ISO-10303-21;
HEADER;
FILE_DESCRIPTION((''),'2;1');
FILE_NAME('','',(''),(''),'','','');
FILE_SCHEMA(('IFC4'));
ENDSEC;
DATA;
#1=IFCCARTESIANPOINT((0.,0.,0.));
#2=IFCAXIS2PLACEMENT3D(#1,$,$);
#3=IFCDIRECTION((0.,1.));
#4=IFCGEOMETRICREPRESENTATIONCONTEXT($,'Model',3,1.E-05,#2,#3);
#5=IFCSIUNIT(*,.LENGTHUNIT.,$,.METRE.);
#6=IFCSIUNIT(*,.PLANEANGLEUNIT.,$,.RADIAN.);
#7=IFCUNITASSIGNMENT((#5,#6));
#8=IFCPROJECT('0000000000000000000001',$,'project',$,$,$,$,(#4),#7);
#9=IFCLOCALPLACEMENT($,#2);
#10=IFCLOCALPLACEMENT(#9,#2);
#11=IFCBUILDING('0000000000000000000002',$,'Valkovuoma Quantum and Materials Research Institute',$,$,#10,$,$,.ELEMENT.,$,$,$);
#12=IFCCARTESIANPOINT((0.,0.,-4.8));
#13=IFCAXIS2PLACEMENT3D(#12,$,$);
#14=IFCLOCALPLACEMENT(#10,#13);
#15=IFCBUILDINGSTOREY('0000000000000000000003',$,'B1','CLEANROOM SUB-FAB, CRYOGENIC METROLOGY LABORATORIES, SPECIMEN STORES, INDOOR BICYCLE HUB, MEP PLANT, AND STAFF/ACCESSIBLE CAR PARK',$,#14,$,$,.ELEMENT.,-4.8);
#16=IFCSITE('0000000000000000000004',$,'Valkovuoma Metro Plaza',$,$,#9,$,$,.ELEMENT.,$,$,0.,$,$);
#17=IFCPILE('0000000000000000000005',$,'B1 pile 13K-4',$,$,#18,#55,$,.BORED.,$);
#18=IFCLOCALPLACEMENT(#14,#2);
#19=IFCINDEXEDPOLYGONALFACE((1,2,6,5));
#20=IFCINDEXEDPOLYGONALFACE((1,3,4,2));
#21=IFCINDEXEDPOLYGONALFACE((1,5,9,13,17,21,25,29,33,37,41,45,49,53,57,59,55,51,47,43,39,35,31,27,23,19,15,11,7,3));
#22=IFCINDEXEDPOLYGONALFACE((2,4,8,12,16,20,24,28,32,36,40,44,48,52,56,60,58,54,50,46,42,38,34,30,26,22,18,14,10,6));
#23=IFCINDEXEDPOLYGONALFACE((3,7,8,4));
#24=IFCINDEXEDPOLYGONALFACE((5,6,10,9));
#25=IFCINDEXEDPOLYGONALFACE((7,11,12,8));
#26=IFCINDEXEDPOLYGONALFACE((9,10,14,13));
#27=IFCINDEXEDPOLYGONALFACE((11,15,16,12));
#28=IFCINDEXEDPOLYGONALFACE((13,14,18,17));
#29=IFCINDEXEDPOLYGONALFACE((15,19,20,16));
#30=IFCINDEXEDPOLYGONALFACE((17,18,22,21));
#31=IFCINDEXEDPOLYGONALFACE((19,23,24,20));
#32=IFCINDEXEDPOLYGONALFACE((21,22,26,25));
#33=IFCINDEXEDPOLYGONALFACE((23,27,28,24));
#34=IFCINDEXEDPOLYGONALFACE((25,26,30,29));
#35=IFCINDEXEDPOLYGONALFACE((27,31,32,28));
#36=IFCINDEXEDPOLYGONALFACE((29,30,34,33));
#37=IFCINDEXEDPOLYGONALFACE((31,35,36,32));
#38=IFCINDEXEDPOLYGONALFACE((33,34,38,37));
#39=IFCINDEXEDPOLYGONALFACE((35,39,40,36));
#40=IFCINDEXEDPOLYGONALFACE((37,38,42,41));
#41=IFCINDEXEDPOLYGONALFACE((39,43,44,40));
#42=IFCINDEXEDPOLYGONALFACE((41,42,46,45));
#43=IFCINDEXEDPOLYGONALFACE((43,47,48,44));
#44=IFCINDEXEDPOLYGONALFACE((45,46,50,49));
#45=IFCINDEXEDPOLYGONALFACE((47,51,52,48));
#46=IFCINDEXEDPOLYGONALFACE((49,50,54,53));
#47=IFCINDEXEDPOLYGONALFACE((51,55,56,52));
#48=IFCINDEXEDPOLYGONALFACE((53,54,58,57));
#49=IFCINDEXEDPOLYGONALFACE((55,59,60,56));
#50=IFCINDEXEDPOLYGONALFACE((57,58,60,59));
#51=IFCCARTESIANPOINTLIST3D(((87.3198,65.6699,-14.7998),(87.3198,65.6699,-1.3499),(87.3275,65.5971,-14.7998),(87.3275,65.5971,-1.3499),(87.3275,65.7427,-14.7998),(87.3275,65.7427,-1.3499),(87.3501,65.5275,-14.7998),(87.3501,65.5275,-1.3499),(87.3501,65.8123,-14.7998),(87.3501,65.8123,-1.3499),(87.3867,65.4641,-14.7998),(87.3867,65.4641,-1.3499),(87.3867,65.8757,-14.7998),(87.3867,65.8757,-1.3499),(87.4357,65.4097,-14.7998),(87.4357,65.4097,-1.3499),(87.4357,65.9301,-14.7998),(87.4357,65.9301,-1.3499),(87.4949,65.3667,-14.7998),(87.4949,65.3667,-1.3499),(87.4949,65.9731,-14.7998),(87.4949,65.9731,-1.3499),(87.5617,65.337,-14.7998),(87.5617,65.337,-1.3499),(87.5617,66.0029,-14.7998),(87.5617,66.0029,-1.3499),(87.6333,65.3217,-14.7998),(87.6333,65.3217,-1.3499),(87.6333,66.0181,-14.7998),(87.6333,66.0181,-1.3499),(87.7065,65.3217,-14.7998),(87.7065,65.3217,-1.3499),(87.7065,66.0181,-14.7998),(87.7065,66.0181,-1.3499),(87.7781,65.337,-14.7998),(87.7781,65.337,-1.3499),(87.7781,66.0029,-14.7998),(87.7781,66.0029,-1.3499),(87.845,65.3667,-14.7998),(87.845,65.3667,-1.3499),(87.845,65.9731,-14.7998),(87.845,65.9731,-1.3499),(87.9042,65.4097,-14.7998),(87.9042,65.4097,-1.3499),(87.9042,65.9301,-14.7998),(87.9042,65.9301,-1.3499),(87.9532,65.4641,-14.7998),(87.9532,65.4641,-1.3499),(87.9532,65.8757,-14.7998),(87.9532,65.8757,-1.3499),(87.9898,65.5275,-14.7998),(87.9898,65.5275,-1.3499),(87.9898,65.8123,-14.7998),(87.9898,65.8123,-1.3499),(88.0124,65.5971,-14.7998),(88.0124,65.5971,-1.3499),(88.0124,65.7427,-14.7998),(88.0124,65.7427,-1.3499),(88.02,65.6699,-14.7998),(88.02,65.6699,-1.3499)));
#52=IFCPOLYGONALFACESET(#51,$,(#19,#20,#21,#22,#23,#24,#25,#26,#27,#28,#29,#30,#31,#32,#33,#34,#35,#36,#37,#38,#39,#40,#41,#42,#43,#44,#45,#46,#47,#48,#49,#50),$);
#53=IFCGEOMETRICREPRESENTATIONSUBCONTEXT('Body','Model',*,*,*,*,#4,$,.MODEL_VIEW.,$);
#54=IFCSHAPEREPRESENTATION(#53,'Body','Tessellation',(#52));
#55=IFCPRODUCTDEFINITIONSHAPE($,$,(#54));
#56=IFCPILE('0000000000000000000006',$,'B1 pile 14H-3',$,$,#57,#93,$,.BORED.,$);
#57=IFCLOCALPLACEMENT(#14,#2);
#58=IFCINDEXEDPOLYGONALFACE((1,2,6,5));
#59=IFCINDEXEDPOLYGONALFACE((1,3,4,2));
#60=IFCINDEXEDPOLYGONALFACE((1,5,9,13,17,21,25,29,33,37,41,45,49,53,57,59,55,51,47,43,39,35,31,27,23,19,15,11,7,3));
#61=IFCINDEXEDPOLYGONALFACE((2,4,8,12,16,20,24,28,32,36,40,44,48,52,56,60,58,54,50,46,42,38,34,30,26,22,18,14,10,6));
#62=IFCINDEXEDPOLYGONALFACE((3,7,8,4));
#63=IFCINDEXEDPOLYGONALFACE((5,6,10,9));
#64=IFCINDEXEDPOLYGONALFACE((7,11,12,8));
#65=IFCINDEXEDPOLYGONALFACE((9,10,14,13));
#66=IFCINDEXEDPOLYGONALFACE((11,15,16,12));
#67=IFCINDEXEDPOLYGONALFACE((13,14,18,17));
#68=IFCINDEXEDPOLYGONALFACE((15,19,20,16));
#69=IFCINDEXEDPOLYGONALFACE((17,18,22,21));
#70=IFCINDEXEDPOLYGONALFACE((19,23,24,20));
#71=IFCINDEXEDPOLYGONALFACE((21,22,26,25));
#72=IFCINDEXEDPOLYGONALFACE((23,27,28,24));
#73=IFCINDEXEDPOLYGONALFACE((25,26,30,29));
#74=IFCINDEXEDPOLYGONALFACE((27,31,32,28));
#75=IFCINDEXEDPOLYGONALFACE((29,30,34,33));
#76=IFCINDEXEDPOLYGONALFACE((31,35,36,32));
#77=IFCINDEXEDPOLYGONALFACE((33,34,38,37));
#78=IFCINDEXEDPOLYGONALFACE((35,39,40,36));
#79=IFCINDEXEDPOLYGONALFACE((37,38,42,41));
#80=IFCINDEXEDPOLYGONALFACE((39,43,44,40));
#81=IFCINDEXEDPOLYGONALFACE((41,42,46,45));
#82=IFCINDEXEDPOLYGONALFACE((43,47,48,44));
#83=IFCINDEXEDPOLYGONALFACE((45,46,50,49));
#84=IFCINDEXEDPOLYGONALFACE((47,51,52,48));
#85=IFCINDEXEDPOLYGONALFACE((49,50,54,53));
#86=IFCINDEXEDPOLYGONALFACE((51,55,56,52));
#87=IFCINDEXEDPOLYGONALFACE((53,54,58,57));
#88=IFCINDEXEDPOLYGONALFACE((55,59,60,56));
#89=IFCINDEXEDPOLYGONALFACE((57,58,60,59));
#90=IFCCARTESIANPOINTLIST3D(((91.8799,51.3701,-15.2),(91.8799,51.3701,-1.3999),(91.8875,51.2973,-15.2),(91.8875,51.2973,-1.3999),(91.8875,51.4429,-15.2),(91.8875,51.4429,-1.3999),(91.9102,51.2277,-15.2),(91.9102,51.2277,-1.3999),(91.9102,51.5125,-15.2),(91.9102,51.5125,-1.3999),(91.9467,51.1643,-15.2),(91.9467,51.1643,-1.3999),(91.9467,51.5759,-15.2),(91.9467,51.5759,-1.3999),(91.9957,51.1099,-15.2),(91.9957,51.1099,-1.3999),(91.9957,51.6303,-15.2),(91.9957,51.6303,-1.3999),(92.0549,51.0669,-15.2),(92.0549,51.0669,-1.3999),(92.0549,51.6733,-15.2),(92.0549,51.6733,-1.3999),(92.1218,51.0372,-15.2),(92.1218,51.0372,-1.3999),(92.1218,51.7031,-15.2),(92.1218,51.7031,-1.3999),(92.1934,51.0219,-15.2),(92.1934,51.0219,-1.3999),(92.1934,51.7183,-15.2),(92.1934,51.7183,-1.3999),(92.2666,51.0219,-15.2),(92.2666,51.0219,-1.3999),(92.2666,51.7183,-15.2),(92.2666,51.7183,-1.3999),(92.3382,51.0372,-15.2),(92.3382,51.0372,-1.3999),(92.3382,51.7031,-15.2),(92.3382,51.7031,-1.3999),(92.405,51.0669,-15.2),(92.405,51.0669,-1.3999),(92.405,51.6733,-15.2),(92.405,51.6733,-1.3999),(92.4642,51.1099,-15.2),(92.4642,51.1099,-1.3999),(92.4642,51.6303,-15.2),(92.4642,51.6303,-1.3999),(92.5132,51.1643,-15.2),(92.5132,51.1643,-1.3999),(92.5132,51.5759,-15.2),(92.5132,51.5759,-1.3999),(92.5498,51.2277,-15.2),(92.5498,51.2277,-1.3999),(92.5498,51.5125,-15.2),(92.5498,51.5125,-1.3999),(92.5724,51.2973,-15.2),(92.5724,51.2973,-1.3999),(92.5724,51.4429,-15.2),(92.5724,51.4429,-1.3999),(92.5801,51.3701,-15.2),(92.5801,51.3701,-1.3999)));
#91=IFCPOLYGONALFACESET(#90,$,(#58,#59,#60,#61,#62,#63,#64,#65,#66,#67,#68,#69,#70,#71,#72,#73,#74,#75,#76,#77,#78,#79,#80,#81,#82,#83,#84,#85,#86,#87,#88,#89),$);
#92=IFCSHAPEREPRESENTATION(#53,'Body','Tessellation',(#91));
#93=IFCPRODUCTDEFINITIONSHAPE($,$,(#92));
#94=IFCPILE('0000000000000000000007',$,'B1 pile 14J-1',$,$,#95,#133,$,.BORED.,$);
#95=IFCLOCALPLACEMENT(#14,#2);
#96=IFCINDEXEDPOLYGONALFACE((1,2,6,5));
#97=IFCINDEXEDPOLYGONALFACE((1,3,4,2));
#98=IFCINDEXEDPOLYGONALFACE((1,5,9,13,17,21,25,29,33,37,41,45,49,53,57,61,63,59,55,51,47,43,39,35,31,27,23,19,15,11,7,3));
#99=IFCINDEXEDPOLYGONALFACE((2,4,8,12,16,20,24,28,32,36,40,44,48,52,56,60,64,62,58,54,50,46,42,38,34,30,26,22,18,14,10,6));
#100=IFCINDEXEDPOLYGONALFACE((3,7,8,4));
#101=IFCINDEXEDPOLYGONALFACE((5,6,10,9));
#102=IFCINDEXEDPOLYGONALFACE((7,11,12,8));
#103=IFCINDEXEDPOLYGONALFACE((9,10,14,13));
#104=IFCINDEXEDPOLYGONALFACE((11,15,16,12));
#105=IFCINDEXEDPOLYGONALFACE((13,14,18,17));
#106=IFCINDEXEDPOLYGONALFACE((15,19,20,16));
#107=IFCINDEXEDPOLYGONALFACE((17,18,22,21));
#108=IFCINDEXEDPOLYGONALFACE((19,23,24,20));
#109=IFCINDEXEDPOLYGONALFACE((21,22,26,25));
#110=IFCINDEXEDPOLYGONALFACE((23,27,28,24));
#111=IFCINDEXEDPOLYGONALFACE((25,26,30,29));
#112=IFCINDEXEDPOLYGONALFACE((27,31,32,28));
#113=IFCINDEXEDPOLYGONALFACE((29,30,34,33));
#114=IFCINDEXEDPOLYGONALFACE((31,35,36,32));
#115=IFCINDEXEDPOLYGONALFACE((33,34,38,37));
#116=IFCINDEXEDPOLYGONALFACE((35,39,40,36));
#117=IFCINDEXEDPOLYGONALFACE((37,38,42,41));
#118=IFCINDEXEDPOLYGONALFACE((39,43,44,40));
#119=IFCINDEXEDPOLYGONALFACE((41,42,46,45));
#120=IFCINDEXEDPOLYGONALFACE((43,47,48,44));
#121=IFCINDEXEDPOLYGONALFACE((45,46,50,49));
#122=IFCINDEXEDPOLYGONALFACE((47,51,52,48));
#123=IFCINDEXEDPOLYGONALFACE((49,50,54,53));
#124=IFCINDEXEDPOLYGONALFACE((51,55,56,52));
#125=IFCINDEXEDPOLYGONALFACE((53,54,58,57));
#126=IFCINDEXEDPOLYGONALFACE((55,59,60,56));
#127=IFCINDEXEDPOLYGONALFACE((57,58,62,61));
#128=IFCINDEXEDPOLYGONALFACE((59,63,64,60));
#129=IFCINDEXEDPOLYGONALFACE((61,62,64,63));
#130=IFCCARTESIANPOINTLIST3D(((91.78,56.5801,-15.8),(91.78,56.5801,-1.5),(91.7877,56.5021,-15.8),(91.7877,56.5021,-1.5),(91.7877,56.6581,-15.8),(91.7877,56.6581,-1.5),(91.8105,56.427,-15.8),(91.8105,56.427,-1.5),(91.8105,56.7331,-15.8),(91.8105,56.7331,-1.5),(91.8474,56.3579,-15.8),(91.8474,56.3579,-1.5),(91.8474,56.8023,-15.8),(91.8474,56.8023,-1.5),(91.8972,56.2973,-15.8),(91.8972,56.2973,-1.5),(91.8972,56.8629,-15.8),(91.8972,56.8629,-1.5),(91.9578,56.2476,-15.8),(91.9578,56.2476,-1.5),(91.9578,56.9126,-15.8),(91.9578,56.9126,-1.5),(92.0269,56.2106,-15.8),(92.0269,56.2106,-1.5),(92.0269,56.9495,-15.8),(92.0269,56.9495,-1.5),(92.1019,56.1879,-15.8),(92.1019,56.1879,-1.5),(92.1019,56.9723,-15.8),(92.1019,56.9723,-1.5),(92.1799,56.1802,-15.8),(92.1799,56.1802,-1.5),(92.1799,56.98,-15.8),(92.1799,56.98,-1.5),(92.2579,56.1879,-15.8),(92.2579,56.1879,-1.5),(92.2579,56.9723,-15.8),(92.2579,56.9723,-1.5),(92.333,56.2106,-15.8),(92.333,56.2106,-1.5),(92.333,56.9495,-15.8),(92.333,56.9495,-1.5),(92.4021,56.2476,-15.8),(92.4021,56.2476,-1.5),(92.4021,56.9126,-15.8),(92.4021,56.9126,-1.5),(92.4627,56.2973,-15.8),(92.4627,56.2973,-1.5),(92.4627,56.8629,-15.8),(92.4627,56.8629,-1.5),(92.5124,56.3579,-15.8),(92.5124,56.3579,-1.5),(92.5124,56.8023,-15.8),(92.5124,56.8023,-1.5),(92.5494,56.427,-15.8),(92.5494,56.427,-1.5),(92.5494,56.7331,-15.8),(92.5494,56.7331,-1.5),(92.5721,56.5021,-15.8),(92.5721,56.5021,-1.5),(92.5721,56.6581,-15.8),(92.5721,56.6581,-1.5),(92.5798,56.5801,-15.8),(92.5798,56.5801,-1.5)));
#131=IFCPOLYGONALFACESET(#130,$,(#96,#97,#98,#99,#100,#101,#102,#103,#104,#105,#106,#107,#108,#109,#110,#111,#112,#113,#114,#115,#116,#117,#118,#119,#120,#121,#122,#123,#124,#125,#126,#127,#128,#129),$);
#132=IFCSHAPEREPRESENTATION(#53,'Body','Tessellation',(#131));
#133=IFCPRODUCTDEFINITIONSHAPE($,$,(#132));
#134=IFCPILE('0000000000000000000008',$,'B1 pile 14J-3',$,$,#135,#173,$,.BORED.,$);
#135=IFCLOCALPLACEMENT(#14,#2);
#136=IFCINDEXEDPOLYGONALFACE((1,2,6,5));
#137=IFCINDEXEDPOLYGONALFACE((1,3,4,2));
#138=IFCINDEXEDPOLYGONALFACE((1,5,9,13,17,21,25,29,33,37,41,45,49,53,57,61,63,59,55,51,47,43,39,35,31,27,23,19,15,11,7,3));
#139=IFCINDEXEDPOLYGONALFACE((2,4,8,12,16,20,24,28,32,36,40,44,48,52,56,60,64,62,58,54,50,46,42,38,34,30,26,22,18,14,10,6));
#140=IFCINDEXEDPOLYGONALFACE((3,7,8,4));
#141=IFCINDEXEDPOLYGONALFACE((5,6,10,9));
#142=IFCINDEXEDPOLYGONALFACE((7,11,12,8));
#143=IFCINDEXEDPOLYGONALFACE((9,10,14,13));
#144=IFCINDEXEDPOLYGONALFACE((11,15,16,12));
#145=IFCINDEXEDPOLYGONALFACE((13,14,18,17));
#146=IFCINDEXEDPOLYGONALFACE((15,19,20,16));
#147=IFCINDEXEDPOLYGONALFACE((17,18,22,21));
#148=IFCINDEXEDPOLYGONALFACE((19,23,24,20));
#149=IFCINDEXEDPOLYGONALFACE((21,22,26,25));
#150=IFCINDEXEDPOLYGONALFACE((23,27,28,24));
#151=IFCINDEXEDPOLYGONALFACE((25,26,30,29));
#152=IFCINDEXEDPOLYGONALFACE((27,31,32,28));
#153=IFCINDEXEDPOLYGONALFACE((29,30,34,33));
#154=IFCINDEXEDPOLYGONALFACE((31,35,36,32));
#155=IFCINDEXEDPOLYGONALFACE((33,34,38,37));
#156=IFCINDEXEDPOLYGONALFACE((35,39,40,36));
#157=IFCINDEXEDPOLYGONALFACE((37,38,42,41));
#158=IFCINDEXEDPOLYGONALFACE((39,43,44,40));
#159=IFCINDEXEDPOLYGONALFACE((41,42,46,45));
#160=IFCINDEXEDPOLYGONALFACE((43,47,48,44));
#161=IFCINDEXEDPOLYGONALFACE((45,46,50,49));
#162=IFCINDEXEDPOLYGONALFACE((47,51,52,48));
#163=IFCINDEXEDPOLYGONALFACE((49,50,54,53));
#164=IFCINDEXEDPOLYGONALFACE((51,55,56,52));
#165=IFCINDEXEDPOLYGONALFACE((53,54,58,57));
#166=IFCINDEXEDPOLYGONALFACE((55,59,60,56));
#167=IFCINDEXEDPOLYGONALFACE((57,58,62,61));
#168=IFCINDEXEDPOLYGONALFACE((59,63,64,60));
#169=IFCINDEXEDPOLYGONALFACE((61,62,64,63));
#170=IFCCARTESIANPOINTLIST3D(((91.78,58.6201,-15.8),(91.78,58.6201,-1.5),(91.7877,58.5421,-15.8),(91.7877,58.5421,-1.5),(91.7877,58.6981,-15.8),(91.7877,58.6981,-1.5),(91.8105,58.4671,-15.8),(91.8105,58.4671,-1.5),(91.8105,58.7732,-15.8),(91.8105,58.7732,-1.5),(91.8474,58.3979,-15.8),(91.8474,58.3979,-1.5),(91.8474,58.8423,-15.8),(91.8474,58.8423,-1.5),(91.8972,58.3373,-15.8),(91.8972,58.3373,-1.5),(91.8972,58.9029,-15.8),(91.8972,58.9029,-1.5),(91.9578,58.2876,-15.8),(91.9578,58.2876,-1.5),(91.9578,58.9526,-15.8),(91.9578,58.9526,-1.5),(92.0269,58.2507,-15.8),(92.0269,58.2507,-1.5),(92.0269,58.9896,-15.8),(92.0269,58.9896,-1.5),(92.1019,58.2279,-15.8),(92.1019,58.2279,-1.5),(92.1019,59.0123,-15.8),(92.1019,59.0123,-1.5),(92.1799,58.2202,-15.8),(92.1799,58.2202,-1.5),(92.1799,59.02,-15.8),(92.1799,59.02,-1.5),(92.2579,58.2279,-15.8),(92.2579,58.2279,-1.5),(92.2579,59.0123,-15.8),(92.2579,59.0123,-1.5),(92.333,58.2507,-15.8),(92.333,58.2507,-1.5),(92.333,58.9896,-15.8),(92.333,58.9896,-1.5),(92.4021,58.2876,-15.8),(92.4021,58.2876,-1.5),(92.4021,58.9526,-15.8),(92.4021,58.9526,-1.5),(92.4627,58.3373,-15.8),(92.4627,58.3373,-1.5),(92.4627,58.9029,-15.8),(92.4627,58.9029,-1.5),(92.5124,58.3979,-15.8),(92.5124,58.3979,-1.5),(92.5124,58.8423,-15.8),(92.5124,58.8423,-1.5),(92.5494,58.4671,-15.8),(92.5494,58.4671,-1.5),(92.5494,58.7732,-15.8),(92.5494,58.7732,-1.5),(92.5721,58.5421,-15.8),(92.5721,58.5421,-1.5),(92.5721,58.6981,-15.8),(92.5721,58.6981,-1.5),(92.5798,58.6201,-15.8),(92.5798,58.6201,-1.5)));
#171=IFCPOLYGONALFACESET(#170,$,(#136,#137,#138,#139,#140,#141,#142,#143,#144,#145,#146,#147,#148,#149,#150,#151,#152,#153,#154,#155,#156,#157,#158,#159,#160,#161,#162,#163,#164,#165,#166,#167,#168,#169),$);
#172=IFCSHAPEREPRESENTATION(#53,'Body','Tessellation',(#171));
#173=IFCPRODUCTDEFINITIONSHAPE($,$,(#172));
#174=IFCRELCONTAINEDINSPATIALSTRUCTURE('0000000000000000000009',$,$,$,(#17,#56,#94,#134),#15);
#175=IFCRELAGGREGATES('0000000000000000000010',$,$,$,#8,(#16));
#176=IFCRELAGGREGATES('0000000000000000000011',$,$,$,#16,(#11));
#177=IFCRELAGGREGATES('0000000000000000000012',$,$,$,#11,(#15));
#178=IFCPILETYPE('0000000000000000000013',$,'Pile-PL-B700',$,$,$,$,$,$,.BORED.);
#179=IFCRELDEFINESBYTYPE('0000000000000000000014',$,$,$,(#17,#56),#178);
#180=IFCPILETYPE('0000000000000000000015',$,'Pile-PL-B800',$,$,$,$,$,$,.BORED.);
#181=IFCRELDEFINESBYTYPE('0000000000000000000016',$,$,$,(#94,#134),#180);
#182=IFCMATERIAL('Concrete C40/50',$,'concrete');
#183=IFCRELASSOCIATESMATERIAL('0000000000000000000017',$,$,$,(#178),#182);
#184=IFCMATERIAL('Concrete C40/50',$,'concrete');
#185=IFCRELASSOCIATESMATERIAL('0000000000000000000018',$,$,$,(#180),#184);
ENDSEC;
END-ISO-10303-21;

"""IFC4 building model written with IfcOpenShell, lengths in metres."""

from ifc_helpers import new_model, si_unit, direction, frame, origin, origin_2d, place, context, subcontext, project, spatial, circle, extrude, material, material_profile, profile_set, type_object, element, save


model = new_model("IFC4")

# Units and contexts
model_context = context("Model", 3, precision=1e-05, world=origin(), true_north=direction((0.0, 1.0)))
body_context = subcontext(model_context, "Body", "Model", "MODEL_VIEW")
ifc_project = project(units=[si_unit("LENGTHUNIT", "METRE"), si_unit("PLANEANGLEUNIT", "RADIAN")], contexts=[model_context])

# Site, building, storey
site_placement = place(None, origin())
site = spatial("IfcSite", under=ifc_project, at=site_placement, Name="Valkovuoma Metro Plaza", CompositionType="ELEMENT", RefElevation=0.0)
building_placement = place(site_placement, origin())
building = spatial("IfcBuilding", under=site, at=building_placement, Name="Valkovuoma Quantum and Materials Research Institute", CompositionType="ELEMENT")
storey_placement = place(building_placement, frame((0.0, 0.0, -4.8)))
storey = spatial("IfcBuildingStorey", under=building, at=storey_placement, Name="B1", Description="CLEANROOM SUB-FAB, CRYOGENIC METROLOGY LABORATORIES, SPECIMEN STORES, INDOOR BICYCLE HUB, MEP PLANT, AND STAFF/ACCESSIBLE CAR PARK", CompositionType="ELEMENT", Elevation=-4.8)

# Piles
ifc_material_1 = material(Name="Concrete C40/50", Category="concrete")
ifc_material_profile_1 = material_profile(ifc_material_1, circle(Radius=0.3501, at=origin_2d()), Name="Concrete C40/50")
ifc_profile_set_1 = profile_set([ifc_material_profile_1], Name="Concrete C40/50")
pile_type_1 = type_object("IfcPileType", Name="Pile-PL-B700", PredefinedType="BORED", material=ifc_profile_set_1)
for number, where, z_axis, x_axis, name in (
    (1, (87.6699, 65.6699, -1.3499), (0.0, 0.0, -1.0), (1.0, 0.0, 0.0), "B1 pile 13K-4"),
):
    element("IfcPile", number, at=place(storey_placement, frame(where, z_axis=z_axis, x_axis=x_axis)), inside=storey, type_object=pile_type_1, Name=name, PredefinedType="BORED", context=body_context, shape_type="SweptSolid", body=[
        extrude(circle(Radius=0.3501, at=origin_2d()), origin(), (0.0, 0.0, 1.0), 13.45),
    ])
pile_placement = place(storey_placement, frame((92.23, 51.3701, -1.3999), z_axis=(0.0, 0.0, -1.0), x_axis=(1.0, 0.0, 0.0)))
element("IfcPile", 2, at=pile_placement, inside=storey, type_object=pile_type_1, Name="B1 pile 14H-3", PredefinedType="BORED", context=body_context, shape_type="SweptSolid", body=[
    extrude(circle(Radius=0.3501, at=origin_2d()), origin(), (0.0, 0.0, 1.0), 13.8),
])
ifc_material_2 = material(Name="Concrete C40/50", Category="concrete")
ifc_material_profile_2 = material_profile(ifc_material_2, circle(Radius=0.3999, at=origin_2d()), Name="Concrete C40/50")
ifc_profile_set_2 = profile_set([ifc_material_profile_2], Name="Concrete C40/50")
pile_type_2 = type_object("IfcPileType", Name="Pile-PL-B800", PredefinedType="BORED", material=ifc_profile_set_2)
for number, where, z_axis, x_axis, name in (
    (3, (92.1799, 56.5801, -1.5), (0.0, 0.0, -1.0), (1.0, 0.0, 0.0), "B1 pile 14J-1"),
    (4, (92.1799, 58.6201, -1.5), (0.0, 0.0, -1.0), (1.0, 0.0, 0.0), "B1 pile 14J-3"),
):
    element("IfcPile", number, at=place(storey_placement, frame(where, z_axis=z_axis, x_axis=x_axis)), inside=storey, type_object=pile_type_2, Name=name, PredefinedType="BORED", context=body_context, shape_type="SweptSolid", body=[
        extrude(circle(Radius=0.3999, at=origin_2d()), origin(), (0.0, 0.0, 1.0), 14.3),
    ])

save(model, "model.ifc")
